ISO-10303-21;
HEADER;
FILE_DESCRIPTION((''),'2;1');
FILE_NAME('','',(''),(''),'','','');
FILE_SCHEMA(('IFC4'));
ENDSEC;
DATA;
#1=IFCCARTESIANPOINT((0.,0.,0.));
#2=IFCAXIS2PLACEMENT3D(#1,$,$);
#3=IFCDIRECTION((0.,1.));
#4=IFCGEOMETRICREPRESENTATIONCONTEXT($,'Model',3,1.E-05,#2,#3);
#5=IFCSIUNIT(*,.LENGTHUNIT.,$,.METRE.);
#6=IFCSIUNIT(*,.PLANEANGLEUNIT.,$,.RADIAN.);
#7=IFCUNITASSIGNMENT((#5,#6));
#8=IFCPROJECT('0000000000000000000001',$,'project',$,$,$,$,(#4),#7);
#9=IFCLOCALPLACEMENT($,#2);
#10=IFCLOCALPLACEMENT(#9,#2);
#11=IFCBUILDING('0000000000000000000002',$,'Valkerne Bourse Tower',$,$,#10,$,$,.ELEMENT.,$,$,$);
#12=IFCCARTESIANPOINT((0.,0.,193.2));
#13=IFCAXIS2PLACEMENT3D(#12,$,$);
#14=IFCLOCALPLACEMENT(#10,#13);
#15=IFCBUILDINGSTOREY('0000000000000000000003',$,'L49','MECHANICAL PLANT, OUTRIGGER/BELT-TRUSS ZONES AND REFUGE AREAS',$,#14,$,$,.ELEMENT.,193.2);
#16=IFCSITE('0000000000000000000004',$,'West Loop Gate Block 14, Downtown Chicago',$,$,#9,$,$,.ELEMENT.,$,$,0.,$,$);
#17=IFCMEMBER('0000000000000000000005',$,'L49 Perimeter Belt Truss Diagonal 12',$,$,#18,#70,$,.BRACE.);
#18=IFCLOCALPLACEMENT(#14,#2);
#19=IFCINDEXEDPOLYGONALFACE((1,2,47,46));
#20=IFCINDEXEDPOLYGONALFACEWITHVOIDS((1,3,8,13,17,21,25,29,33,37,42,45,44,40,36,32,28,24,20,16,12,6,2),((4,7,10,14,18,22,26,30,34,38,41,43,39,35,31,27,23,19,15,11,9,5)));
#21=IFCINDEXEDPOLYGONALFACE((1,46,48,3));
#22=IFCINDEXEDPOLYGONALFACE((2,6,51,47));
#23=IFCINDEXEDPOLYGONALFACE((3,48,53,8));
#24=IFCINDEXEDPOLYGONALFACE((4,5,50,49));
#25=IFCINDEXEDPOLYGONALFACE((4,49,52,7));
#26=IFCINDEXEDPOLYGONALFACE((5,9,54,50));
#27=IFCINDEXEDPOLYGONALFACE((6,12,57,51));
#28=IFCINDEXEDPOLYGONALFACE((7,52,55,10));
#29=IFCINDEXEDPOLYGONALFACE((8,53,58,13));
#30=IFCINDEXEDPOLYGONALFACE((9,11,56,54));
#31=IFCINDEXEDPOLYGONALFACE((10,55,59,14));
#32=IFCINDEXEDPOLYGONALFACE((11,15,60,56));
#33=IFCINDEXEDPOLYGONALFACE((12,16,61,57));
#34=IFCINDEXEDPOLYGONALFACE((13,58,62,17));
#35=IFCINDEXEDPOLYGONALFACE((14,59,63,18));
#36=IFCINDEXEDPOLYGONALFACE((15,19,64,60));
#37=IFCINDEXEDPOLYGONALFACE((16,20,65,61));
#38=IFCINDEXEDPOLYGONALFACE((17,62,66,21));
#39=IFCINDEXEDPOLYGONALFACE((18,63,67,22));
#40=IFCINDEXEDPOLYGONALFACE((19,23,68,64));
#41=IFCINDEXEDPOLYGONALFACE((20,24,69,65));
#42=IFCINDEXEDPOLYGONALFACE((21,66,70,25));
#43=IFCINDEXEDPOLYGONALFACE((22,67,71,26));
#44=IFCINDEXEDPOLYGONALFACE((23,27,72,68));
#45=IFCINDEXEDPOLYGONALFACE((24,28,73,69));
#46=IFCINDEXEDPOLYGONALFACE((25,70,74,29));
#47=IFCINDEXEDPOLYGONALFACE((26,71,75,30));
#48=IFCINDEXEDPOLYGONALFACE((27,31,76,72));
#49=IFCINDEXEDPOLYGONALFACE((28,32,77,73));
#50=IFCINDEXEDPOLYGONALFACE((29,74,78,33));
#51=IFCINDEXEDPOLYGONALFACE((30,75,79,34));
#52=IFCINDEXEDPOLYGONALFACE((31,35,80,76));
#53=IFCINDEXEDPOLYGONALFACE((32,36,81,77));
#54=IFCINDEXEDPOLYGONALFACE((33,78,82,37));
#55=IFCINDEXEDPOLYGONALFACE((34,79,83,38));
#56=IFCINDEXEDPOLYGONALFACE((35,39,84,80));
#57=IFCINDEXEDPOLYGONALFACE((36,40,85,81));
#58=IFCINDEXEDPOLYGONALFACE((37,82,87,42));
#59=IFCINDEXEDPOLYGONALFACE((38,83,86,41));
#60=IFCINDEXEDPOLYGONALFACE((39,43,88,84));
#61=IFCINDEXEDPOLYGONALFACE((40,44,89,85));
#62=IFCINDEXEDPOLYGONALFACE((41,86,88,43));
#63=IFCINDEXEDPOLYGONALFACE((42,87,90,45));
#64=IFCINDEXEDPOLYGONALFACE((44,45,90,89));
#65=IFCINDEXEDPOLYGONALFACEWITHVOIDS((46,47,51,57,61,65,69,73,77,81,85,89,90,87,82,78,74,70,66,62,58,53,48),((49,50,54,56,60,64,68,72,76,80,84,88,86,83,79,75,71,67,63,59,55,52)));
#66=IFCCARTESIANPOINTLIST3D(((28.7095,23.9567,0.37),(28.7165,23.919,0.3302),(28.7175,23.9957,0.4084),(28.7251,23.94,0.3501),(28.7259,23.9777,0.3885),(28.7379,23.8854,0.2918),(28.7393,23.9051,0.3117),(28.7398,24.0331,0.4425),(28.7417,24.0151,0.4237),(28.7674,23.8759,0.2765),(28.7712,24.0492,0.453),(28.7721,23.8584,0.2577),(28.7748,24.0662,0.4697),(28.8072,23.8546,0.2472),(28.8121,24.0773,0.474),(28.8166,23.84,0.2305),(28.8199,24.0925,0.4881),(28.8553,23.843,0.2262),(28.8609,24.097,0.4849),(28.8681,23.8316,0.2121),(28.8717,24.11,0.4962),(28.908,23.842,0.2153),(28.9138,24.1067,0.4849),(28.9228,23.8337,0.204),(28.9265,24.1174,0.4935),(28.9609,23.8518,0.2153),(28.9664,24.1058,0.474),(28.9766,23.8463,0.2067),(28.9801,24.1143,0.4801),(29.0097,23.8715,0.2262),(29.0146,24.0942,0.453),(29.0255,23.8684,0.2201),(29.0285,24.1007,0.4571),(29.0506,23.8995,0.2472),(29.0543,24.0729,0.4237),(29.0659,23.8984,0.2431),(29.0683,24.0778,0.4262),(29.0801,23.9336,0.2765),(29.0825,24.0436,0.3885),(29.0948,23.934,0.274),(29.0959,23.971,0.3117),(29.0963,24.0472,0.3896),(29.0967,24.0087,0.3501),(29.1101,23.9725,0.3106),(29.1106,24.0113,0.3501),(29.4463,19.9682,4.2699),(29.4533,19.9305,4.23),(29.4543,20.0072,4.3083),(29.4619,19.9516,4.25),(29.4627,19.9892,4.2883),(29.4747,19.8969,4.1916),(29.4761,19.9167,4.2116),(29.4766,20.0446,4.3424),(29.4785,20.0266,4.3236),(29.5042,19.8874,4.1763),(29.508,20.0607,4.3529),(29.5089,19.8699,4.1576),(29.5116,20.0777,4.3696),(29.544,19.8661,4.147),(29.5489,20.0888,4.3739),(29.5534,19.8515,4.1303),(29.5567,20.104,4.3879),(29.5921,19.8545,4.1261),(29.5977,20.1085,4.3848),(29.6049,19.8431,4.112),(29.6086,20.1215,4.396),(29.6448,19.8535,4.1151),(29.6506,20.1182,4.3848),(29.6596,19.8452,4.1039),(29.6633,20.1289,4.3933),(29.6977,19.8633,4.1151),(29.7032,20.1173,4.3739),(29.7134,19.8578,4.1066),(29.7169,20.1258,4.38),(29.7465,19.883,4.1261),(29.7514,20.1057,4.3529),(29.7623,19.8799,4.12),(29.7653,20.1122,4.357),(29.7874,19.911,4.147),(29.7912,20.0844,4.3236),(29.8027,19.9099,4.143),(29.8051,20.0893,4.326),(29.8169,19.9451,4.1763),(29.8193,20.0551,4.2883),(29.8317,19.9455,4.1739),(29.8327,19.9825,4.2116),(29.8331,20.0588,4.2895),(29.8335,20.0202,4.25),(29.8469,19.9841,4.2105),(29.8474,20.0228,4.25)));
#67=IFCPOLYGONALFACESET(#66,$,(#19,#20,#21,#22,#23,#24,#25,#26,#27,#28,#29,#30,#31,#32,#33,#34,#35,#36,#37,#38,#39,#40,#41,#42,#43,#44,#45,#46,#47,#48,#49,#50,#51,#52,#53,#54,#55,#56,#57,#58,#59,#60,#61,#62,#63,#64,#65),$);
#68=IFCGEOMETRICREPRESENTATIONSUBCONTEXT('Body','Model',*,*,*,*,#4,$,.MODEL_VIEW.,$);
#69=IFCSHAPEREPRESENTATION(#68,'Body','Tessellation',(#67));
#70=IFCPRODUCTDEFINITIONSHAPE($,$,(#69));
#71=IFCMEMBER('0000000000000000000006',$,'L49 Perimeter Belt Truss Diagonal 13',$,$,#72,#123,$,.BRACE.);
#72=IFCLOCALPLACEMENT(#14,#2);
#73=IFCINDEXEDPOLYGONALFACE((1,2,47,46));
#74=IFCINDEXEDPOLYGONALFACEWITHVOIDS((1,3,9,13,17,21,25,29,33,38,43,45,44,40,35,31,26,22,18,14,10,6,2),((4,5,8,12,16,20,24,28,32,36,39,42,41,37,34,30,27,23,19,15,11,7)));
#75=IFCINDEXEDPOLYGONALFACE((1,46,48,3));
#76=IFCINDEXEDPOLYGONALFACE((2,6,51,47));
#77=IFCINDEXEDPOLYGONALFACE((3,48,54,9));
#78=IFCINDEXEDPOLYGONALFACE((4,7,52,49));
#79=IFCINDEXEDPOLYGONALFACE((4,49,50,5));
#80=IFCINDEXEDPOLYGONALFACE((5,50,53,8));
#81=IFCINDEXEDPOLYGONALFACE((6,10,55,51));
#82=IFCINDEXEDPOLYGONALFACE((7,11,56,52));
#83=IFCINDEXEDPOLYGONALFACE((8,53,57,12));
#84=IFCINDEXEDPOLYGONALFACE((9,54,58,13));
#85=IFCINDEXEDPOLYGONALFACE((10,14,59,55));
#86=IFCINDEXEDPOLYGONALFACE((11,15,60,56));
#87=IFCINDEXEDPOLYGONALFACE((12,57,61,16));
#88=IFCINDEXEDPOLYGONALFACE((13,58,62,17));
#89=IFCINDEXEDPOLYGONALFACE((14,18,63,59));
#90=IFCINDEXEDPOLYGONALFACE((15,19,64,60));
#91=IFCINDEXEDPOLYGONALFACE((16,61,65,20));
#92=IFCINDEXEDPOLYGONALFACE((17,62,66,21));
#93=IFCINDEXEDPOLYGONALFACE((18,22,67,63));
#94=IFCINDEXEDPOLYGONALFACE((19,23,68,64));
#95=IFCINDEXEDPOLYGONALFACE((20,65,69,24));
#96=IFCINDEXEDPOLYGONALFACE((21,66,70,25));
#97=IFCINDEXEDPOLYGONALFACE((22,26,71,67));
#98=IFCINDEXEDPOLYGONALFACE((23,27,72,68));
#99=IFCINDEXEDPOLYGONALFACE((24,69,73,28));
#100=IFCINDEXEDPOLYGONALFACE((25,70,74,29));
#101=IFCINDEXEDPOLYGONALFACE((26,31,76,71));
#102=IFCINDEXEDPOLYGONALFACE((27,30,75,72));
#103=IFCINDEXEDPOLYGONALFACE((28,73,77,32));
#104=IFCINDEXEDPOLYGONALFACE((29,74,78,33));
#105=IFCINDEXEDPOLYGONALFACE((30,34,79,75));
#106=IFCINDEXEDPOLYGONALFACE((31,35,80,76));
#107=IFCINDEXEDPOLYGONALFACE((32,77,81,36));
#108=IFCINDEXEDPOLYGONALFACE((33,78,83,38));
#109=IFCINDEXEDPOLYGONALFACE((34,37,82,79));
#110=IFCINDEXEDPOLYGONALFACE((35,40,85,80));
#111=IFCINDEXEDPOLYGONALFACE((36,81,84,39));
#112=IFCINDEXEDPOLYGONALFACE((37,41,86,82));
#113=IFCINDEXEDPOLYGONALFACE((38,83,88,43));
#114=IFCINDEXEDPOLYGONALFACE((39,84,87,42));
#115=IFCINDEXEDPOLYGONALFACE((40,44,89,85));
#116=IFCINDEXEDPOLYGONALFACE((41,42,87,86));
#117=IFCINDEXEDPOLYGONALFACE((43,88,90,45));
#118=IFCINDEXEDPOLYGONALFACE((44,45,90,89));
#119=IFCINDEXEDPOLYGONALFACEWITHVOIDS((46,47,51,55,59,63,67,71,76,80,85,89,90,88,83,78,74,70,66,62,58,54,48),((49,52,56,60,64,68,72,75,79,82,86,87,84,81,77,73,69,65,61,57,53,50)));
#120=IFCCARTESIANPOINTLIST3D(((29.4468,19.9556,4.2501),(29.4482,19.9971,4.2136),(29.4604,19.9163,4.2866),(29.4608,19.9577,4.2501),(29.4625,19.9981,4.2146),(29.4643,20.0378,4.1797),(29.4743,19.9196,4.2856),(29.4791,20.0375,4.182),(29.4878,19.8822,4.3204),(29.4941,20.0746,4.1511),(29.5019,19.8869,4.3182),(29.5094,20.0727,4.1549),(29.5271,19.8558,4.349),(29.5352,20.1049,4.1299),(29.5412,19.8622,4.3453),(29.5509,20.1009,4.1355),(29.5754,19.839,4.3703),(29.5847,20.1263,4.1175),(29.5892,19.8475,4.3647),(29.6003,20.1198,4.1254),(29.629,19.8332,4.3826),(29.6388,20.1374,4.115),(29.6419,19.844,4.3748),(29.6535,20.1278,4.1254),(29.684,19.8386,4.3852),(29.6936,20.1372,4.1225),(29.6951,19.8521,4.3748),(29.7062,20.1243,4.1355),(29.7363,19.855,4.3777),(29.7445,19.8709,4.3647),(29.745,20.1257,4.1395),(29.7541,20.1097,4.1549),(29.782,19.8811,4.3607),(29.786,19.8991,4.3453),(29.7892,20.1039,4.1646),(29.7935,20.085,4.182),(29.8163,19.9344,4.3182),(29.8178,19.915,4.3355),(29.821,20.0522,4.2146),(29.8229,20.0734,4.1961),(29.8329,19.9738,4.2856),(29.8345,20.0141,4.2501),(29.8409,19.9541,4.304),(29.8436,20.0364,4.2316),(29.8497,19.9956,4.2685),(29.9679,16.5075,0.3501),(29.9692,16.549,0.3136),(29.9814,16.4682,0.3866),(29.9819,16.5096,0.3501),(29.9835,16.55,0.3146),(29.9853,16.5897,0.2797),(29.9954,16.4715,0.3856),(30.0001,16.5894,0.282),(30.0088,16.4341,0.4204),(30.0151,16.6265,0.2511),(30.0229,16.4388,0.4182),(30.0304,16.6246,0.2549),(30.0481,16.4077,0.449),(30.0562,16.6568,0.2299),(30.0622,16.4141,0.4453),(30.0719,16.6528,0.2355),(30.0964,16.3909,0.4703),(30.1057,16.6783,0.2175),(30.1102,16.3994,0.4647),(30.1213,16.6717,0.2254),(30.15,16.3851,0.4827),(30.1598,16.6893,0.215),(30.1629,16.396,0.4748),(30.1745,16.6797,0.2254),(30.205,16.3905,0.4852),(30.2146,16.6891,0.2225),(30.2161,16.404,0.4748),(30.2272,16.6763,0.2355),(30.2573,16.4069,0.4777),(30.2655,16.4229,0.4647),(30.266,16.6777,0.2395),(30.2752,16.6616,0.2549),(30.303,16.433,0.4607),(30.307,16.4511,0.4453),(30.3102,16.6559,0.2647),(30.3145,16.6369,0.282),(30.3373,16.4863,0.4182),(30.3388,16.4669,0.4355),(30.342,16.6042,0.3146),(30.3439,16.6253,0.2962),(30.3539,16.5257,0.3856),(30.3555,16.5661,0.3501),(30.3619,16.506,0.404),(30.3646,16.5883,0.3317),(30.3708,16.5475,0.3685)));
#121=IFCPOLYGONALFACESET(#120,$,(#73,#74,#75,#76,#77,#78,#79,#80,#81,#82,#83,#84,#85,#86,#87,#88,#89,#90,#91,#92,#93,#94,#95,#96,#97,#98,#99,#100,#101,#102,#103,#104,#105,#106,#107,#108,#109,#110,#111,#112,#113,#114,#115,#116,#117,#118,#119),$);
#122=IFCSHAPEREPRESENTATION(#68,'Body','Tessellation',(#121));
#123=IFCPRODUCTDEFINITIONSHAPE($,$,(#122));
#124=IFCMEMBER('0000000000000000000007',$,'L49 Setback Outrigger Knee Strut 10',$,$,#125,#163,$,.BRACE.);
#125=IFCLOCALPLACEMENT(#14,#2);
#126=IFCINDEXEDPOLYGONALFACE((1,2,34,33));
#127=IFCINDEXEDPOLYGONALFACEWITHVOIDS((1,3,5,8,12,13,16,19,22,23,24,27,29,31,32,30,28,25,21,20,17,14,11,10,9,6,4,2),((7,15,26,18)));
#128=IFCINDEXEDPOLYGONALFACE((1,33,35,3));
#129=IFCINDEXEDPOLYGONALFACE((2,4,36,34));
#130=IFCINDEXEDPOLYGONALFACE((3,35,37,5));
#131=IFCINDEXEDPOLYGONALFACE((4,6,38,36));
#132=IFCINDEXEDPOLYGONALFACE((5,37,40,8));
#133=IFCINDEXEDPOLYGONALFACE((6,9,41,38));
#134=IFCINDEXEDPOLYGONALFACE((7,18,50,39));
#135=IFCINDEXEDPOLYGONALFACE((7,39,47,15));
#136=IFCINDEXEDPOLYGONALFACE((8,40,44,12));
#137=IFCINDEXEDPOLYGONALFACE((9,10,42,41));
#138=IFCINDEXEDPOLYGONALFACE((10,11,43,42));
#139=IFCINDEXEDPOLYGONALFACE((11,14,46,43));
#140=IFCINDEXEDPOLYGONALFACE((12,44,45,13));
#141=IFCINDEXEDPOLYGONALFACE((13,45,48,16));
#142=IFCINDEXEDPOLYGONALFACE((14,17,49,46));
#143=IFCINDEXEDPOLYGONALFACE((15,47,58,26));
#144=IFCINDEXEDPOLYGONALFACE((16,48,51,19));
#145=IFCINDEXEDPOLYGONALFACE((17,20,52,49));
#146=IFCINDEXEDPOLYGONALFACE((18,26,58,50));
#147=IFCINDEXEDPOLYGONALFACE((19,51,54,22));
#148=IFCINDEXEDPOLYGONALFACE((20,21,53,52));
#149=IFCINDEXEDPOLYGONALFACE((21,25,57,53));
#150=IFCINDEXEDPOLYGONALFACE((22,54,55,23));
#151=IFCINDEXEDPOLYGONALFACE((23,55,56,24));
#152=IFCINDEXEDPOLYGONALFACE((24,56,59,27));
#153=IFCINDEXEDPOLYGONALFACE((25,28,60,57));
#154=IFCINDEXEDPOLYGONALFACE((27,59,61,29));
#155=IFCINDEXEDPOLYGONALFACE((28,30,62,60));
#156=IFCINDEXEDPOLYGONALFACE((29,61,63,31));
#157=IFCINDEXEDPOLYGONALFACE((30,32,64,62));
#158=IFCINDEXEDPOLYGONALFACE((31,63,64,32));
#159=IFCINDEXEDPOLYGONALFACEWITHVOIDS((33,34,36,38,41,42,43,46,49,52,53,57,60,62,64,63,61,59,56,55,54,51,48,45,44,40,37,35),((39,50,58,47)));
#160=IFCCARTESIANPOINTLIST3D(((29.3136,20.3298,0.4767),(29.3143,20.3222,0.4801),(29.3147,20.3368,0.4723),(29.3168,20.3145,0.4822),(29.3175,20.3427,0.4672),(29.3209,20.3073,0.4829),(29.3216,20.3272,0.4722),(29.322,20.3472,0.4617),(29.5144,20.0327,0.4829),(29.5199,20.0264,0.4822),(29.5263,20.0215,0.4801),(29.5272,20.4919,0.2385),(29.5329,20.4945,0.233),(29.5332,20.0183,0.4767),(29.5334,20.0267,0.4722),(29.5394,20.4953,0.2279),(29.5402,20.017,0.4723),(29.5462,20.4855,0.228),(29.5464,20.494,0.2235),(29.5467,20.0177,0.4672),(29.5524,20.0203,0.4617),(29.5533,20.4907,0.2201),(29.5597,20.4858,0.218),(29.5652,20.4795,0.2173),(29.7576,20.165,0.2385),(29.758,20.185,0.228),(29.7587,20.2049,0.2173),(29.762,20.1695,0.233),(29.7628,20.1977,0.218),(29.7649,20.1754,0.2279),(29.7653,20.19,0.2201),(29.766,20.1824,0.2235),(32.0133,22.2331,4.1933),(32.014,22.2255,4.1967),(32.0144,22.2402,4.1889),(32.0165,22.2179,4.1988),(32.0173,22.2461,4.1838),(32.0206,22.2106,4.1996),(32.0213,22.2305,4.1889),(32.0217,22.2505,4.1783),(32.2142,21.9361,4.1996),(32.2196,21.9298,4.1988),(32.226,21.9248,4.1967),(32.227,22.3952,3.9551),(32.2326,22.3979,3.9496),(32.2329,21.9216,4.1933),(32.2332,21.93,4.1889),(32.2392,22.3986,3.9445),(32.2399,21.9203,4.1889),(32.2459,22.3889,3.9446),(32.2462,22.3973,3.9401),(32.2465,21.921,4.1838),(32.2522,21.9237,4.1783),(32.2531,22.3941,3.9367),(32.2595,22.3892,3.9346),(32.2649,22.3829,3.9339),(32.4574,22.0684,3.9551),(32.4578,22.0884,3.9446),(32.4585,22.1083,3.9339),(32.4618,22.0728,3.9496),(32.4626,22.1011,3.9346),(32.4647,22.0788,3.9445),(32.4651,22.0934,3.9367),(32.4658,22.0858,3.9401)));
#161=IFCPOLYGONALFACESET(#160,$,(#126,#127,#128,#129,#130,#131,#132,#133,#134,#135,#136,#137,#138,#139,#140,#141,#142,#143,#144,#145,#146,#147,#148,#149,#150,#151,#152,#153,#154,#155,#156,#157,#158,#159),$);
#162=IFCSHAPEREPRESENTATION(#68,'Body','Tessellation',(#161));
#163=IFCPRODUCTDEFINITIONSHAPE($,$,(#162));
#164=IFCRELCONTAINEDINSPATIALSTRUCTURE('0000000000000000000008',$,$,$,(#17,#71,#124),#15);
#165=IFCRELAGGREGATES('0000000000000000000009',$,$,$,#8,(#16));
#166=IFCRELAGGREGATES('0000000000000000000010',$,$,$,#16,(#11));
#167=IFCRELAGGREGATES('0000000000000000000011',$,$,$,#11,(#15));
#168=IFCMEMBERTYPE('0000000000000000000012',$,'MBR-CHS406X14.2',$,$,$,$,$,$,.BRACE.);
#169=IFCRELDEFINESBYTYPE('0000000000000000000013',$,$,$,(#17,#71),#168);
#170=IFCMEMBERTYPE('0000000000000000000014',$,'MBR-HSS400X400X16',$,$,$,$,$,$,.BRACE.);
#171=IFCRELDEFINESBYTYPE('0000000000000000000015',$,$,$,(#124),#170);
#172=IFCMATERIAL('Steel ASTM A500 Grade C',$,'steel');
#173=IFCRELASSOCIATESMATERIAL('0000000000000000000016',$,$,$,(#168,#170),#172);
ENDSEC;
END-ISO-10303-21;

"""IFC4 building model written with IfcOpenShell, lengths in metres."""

from ifc_helpers import new_model, si_unit, direction, frame, origin, origin_2d, place, context, subcontext, project, spatial, hollow_rectangle, hollow_circle, extrude, material, material_profile, profile_set, type_object, element, save


model = new_model("IFC4")

# Units and contexts
model_context = context("Model", 3, precision=1e-05, world=origin(), true_north=direction((0.0, 1.0)))
body_context = subcontext(model_context, "Body", "Model", "MODEL_VIEW")
ifc_project = project(units=[si_unit("LENGTHUNIT", "METRE"), si_unit("PLANEANGLEUNIT", "RADIAN")], contexts=[model_context])

# Site, building, storey
site_placement = place(None, origin())
site = spatial("IfcSite", under=ifc_project, at=site_placement, Name="West Loop Gate Block 14, Downtown Chicago", CompositionType="ELEMENT", RefElevation=0.0)
building_placement = place(site_placement, origin())
building = spatial("IfcBuilding", under=site, at=building_placement, Name="Valkerne Bourse Tower", CompositionType="ELEMENT")
storey_placement = place(building_placement, frame((0.0, 0.0, 193.2)))
storey = spatial("IfcBuildingStorey", under=building, at=storey_placement, Name="L49", Description="MECHANICAL PLANT, OUTRIGGER/BELT-TRUSS ZONES AND REFUGE AREAS", CompositionType="ELEMENT", Elevation=193.2)

# Members
ifc_material_1 = material(Name="Steel ASTM A500 Grade C", Category="steel")
ifc_material_profile_1 = material_profile(ifc_material_1, hollow_circle(Radius=0.2031, WallThickness=0.0142, at=origin_2d()), Name="CHS406X14.2")
ifc_profile_set_1 = profile_set([ifc_material_profile_1], Name="Steel ASTM A500 Grade C")
member_type_1 = type_object("IfcMemberType", Name="MBR-CHS406X14.2", PredefinedType="BRACE", material=ifc_profile_set_1)
member_1_placement = place(storey_placement, frame((28.9109, 23.9744, 0.3501), z_axis=(0.130949, -0.708849, 0.693099), x_axis=(0.983361, 0.18166, 0.0)))
element("IfcMember", 1, at=member_1_placement, inside=storey, type_object=member_type_1, Name="L49 Perimeter Belt Truss Diagonal 12", PredefinedType="BRACE", context=body_context, shape_type="SweptSolid", body=[
    extrude(hollow_circle(Radius=0.2031, WallThickness=0.0142, at=origin_2d()), origin(), (0.0, 0.0, 1.0), 5.6267),
])
member_2_placement = place(storey_placement, frame((30.1687, 16.5378, 0.3501), z_axis=(-0.099587, 0.659075, 0.745455), x_axis=(-0.988776, -0.149405, 0.0)))
element("IfcMember", 2, at=member_2_placement, inside=storey, type_object=member_type_1, Name="L49 Perimeter Belt Truss Diagonal 13", PredefinedType="BRACE", context=body_context, shape_type="SweptSolid", body=[
    extrude(hollow_circle(Radius=0.2031, WallThickness=0.0142, at=origin_2d()), origin(), (0.0, 0.0, 1.0), 5.2317),
])
ifc_material_profile_2 = material_profile(ifc_material_1, hollow_rectangle(XDim=0.3999, YDim=0.3999, WallThickness=0.0161, OuterFilletRadius=0.032, at=origin_2d()), Name="HSS400X400X16")
ifc_profile_set_2 = profile_set([ifc_material_profile_2], Name="Steel ASTM A500 Grade C")
member_type_2 = type_object("IfcMemberType", Name="MBR-HSS400X400X16", PredefinedType="BRACE", material=ifc_profile_set_2)
member_3_placement = place(storey_placement, frame((29.5398, 20.2561, 0.3501), z_axis=(0.542949, 0.382784, 0.747451), x_axis=(-0.576207, 0.817304, 0.0)))
element("IfcMember", 3, at=member_3_placement, inside=storey, type_object=member_type_2, Name="L49 Setback Outrigger Knee Strut 10", PredefinedType="BRACE", context=body_context, shape_type="SweptSolid", body=[
    extrude(hollow_rectangle(XDim=0.3999, YDim=0.3999, WallThickness=0.0161, OuterFilletRadius=0.032, at=origin_2d()), origin(), (0.0, 0.0, 1.0), 4.9724),
])

save(model, "model.ifc")
